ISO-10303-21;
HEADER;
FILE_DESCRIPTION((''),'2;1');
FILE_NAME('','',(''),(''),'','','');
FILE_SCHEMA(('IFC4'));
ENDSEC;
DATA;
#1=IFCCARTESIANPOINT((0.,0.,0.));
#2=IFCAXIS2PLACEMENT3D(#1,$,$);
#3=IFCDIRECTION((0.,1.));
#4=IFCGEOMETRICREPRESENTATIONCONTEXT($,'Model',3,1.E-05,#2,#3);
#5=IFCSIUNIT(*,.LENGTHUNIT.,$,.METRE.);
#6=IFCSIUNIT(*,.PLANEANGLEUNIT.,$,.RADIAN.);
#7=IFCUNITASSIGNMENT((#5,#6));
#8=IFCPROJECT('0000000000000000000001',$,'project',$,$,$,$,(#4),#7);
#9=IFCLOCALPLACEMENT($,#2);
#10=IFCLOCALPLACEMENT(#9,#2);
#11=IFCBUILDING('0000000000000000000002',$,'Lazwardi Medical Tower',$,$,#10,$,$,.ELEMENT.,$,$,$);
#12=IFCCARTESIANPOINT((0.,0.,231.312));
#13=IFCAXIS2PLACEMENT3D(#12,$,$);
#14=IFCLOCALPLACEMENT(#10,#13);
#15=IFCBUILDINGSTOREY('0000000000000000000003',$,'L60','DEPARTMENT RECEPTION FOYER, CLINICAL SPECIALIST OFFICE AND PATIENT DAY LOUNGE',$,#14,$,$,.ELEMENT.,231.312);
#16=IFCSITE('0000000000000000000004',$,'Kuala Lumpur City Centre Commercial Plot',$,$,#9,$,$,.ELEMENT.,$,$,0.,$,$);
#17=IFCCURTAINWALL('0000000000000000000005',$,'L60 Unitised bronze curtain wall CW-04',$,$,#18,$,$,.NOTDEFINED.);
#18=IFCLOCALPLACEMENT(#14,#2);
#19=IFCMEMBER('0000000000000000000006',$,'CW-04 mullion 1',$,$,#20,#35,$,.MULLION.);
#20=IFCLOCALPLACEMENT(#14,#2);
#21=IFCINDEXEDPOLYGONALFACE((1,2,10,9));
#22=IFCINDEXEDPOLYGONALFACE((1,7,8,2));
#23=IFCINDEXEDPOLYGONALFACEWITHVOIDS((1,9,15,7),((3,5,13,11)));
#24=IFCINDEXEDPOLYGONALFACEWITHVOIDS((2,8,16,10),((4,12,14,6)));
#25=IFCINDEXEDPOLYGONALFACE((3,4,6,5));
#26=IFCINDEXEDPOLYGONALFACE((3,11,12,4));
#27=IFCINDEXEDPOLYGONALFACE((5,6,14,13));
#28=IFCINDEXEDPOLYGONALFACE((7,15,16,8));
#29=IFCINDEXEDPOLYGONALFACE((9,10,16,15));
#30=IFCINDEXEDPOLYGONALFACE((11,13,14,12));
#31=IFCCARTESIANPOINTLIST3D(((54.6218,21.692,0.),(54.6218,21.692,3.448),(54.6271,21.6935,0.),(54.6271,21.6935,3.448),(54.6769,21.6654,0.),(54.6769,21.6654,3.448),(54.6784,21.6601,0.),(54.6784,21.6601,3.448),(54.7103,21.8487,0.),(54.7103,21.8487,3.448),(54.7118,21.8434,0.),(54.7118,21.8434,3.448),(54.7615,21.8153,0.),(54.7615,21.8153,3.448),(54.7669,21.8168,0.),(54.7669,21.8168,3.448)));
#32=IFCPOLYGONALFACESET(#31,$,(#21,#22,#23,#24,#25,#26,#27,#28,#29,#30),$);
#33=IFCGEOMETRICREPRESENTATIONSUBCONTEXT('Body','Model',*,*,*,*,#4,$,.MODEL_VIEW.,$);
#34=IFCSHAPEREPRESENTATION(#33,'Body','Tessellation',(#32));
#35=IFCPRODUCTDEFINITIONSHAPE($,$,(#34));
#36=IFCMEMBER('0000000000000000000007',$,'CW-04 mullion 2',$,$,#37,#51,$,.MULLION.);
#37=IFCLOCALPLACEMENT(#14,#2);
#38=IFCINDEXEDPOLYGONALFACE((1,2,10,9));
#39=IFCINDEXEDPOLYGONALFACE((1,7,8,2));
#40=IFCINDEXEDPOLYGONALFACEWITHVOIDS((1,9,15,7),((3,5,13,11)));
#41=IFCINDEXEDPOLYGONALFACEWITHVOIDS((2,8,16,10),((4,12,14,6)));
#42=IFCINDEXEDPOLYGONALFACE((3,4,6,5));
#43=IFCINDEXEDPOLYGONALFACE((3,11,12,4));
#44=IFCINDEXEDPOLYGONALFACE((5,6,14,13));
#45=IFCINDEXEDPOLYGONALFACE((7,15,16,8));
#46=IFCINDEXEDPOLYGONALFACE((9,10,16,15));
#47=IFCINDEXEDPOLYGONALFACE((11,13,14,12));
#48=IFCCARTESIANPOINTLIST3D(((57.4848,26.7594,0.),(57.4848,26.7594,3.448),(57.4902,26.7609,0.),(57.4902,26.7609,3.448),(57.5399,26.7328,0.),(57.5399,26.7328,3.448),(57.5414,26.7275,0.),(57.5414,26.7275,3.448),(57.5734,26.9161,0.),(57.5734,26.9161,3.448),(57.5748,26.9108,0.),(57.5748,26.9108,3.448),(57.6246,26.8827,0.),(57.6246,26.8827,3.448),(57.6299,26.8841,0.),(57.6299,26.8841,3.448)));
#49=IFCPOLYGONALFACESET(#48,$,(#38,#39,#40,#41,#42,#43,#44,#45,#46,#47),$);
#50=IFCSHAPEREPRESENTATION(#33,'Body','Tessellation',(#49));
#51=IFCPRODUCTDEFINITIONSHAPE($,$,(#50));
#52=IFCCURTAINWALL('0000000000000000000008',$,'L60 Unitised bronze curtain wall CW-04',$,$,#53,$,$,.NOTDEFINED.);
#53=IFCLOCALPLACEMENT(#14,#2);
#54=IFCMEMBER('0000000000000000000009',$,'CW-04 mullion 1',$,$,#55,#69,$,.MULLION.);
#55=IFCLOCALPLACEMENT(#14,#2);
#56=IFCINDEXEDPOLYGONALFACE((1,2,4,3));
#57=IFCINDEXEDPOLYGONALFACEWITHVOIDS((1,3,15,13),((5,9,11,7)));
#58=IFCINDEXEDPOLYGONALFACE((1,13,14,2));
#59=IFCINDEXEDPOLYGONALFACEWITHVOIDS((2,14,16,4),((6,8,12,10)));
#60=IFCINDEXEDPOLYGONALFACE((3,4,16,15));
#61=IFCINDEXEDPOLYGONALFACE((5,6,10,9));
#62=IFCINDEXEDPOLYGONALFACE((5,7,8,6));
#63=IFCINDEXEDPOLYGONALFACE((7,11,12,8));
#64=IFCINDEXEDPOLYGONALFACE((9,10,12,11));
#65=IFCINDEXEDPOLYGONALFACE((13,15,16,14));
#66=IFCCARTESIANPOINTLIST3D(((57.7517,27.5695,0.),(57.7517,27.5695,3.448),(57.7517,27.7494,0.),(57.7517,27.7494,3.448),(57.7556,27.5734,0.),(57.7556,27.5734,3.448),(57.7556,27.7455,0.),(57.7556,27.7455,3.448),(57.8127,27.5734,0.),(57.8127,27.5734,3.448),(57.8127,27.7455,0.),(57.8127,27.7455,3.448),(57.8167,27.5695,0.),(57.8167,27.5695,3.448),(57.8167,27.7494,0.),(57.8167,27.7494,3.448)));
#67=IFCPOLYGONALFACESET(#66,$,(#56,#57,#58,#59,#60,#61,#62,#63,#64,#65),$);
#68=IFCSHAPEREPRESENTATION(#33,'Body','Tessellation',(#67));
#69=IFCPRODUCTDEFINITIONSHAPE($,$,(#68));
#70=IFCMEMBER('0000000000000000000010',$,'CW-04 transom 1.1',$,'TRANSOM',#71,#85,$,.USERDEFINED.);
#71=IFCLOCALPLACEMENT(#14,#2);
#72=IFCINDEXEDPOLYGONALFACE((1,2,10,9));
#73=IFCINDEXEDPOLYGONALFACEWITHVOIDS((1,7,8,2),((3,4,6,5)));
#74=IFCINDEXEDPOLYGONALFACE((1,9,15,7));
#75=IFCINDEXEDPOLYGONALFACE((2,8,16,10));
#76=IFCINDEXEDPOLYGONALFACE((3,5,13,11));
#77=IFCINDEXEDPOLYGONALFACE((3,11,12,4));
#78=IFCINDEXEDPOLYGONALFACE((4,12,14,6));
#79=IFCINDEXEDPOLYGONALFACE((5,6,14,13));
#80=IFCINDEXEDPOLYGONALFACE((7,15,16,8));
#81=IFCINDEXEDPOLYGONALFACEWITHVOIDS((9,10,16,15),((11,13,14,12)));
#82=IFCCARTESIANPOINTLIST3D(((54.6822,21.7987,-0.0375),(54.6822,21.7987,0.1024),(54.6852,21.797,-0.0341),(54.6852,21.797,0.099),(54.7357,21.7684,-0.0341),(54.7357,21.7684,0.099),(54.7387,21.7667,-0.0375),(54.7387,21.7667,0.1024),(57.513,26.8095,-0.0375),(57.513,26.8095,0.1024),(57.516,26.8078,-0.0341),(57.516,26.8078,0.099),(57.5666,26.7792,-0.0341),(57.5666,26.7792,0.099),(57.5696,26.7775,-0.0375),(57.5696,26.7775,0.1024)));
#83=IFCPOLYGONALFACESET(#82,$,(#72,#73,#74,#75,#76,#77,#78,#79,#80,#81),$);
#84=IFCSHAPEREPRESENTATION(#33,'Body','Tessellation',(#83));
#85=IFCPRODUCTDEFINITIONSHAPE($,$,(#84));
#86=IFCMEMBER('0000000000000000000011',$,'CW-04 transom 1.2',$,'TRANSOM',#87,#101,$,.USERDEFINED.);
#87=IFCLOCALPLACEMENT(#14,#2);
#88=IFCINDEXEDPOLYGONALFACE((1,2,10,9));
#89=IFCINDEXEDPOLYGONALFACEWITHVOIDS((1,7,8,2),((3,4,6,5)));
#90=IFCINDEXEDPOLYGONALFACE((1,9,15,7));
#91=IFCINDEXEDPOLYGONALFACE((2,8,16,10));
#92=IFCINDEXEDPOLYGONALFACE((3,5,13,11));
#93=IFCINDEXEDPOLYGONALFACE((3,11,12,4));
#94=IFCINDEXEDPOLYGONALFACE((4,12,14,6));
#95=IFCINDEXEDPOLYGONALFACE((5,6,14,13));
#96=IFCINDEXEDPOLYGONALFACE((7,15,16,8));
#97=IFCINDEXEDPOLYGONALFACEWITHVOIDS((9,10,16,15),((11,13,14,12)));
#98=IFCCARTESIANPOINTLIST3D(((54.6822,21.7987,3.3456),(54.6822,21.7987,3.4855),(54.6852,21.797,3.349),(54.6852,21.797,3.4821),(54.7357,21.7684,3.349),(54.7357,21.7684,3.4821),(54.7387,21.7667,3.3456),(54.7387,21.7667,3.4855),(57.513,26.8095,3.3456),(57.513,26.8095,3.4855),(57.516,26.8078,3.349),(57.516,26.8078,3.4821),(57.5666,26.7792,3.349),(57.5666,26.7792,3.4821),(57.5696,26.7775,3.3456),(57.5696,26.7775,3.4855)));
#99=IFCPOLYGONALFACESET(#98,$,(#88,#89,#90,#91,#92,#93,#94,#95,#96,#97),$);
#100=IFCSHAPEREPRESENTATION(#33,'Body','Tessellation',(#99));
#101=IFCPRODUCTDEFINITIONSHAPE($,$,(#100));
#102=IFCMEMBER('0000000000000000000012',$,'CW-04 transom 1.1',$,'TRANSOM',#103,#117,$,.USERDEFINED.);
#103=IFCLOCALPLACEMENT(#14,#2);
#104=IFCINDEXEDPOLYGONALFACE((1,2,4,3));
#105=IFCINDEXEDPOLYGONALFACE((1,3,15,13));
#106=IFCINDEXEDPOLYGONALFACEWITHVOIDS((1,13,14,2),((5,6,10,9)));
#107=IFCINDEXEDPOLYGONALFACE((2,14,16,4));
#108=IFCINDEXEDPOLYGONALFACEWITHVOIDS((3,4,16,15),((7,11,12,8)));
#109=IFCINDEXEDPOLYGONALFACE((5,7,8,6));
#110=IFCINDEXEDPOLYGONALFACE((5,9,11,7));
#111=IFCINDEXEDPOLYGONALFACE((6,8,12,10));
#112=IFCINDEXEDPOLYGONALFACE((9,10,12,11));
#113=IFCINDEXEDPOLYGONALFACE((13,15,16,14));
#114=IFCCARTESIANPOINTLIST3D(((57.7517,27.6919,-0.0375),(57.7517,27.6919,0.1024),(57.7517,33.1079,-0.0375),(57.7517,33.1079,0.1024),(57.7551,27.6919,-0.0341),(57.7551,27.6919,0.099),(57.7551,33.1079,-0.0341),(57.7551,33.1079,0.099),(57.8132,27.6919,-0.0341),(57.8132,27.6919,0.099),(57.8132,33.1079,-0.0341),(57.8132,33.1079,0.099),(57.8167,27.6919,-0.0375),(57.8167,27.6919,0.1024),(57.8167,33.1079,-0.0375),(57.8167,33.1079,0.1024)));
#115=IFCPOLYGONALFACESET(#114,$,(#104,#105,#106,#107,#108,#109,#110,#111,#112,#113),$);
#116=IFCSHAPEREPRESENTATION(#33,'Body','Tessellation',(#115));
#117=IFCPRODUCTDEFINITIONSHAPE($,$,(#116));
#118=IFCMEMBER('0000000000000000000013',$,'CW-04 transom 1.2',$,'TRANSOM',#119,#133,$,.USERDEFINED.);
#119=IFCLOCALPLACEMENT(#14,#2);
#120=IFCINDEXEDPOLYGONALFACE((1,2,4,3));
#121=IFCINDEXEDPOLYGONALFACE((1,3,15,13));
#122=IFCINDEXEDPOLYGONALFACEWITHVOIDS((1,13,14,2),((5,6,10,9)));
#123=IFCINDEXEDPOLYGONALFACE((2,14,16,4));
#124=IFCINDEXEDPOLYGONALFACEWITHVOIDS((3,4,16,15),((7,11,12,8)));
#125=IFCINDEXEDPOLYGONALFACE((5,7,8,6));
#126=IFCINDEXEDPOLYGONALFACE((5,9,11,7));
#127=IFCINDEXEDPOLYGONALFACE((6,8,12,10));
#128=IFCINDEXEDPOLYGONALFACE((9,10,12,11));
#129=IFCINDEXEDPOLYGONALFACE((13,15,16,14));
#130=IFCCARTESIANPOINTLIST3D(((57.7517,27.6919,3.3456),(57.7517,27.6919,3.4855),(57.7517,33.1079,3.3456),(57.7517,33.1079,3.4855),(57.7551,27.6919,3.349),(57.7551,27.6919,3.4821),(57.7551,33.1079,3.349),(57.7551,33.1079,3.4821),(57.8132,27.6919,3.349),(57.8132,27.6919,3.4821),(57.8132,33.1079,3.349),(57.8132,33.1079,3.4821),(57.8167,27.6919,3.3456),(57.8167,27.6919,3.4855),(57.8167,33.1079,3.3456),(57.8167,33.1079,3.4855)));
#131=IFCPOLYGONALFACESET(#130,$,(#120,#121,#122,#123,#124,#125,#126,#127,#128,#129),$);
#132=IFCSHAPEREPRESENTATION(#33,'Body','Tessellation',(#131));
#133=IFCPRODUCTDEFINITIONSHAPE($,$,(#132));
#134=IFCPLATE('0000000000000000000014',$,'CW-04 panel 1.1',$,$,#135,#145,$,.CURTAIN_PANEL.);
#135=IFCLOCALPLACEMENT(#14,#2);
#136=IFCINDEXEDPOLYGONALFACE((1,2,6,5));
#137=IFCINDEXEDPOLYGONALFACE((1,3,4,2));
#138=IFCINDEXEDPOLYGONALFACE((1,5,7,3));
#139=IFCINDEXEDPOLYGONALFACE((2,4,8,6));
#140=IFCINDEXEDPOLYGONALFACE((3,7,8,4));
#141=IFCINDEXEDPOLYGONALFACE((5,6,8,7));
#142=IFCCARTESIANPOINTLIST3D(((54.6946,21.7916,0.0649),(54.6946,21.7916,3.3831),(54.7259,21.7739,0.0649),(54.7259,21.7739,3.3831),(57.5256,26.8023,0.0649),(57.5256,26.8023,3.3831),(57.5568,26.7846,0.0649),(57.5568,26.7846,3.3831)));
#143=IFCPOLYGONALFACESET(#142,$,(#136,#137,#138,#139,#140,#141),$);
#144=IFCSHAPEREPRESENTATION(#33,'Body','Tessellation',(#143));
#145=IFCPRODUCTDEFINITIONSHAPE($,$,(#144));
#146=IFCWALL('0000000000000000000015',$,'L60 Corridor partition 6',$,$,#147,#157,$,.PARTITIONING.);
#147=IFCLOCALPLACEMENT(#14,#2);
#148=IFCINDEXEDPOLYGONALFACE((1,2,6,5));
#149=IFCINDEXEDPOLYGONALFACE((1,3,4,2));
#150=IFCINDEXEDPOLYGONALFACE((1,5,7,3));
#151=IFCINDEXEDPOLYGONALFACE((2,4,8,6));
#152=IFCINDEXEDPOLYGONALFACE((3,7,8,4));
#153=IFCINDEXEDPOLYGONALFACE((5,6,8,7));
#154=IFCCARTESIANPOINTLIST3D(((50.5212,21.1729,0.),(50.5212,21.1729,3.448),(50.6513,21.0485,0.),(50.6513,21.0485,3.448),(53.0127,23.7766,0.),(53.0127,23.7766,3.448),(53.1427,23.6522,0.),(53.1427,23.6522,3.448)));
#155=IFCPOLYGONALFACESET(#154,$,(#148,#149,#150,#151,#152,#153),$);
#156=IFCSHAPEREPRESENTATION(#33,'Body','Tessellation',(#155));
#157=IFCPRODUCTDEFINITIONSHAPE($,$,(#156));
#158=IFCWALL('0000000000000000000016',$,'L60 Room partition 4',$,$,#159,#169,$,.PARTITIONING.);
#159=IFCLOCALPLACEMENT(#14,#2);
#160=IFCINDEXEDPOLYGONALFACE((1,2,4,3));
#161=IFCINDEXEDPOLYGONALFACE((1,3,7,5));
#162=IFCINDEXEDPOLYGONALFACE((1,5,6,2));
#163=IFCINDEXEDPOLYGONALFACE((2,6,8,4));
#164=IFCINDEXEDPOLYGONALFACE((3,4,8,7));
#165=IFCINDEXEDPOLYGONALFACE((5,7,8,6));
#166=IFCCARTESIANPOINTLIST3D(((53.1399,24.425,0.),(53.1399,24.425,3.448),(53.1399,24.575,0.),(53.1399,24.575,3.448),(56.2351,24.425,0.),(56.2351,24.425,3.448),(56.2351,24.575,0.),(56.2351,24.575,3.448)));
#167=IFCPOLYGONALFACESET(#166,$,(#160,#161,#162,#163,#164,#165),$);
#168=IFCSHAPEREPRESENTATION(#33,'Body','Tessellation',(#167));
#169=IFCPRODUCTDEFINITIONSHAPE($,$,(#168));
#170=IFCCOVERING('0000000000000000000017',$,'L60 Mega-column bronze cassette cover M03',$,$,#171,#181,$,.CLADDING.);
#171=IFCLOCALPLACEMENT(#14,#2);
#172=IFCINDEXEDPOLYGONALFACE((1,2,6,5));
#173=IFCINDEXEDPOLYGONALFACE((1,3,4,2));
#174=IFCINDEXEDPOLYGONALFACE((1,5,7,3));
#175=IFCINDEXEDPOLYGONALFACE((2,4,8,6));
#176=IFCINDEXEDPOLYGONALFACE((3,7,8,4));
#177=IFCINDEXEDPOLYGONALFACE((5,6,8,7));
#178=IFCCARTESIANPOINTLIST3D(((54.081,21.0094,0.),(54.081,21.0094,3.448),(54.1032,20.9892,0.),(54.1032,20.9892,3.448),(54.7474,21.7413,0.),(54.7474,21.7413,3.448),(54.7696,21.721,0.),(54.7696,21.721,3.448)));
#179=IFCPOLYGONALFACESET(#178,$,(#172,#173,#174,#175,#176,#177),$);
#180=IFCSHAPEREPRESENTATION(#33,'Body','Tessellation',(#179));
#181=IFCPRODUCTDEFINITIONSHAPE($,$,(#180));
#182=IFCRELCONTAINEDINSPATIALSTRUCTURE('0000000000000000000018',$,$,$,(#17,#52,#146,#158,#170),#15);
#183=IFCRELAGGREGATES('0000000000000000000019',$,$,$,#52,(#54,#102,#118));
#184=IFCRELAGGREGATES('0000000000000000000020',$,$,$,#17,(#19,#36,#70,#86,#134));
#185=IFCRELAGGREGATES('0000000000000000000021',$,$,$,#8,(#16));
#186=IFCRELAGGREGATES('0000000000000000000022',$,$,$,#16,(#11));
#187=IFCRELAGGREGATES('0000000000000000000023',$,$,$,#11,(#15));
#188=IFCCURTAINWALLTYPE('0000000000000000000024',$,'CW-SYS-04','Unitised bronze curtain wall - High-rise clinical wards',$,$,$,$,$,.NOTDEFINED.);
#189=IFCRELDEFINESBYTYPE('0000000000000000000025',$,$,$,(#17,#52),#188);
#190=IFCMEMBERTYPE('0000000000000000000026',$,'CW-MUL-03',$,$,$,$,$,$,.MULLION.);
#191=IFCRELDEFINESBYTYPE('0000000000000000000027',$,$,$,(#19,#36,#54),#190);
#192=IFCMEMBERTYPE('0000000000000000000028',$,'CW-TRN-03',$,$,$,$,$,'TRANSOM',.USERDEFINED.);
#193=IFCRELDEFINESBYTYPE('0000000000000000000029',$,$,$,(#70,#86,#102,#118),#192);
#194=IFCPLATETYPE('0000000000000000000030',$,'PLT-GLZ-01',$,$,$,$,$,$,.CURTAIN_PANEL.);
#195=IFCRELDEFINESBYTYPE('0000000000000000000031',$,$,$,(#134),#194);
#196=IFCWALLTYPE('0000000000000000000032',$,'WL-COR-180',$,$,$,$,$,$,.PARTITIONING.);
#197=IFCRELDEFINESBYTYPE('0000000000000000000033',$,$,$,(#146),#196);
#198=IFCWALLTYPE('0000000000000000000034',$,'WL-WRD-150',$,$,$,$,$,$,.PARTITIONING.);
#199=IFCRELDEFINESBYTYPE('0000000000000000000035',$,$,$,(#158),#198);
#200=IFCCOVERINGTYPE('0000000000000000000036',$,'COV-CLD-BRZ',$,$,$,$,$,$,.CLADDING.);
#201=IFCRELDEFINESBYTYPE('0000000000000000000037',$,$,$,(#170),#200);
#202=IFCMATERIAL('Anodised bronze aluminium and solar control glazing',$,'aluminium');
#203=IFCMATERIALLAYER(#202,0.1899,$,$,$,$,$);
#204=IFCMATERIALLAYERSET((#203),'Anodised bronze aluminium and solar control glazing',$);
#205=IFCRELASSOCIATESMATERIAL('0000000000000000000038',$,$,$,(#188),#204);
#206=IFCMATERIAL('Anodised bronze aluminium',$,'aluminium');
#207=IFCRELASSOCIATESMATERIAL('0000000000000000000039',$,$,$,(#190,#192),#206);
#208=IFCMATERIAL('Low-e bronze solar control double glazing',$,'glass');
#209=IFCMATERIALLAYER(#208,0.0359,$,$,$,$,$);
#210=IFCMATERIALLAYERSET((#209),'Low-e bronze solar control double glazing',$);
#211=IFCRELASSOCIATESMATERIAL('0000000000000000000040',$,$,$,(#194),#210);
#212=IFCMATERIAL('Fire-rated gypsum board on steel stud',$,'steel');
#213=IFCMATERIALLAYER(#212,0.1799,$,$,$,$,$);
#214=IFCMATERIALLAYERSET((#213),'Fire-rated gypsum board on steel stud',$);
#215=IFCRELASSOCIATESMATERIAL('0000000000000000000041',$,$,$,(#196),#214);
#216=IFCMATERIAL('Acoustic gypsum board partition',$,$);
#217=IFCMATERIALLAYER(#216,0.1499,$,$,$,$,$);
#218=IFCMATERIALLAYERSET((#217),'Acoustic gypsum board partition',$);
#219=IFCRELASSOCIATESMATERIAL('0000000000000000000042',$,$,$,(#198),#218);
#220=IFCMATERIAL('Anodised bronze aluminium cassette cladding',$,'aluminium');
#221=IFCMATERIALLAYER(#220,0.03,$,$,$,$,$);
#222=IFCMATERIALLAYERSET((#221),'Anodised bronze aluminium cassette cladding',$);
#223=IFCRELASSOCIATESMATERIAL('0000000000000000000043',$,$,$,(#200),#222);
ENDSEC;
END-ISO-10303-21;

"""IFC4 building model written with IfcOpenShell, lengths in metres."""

from ifc_helpers import new_model, si_unit, direction, frame, frame_2d, origin, origin_2d, place, context, subcontext, project, spatial, rectangle, hollow_rectangle, extrude, material, layer, layer_set, material_profile, profile_set, type_object, element, aggregate, save


model = new_model("IFC4")

# Units and contexts
model_context = context("Model", 3, precision=1e-05, world=origin(), true_north=direction((0.0, 1.0)))
body_context = subcontext(model_context, "Body", "Model", "MODEL_VIEW")
ifc_project = project(units=[si_unit("LENGTHUNIT", "METRE"), si_unit("PLANEANGLEUNIT", "RADIAN")], contexts=[model_context])

# Site, building, storey
site_placement = place(None, origin())
site = spatial("IfcSite", under=ifc_project, at=site_placement, Name="Kuala Lumpur City Centre Commercial Plot", CompositionType="ELEMENT", RefElevation=0.0)
building_placement = place(site_placement, origin())
building = spatial("IfcBuilding", under=site, at=building_placement, Name="Lazwardi Medical Tower", CompositionType="ELEMENT")
storey_placement = place(building_placement, frame((0.0, 0.0, 231.312)))
storey = spatial("IfcBuildingStorey", under=building, at=storey_placement, Name="L60", Description="DEPARTMENT RECEPTION FOYER, CLINICAL SPECIALIST OFFICE AND PATIENT DAY LOUNGE", CompositionType="ELEMENT", Elevation=231.312)

# Shared definitions
ifc_material_1 = material(Name="Anodised bronze aluminium and solar control glazing", Category="aluminium")
ifc_layer_1 = layer(ifc_material_1, 0.1899)
ifc_layer_set_1 = layer_set([ifc_layer_1], Name="Anodised bronze aluminium and solar control glazing")
curtain_wall_type = type_object("IfcCurtainWallType", Name="CW-SYS-04", Description="Unitised bronze curtain wall - High-rise clinical wards", PredefinedType="NOTDEFINED", material=ifc_layer_set_1)
ifc_material_2 = material(Name="Anodised bronze aluminium", Category="aluminium")
ifc_material_profile_1 = material_profile(ifc_material_2, hollow_rectangle(XDim=0.0649, YDim=0.1799, WallThickness=0.0039, at=origin_2d()), Name="ALU-MULLION 180x65x4")
ifc_profile_set_1 = profile_set([ifc_material_profile_1], Name="Anodised bronze aluminium")
member_type_1 = type_object("IfcMemberType", Name="CW-MUL-03", PredefinedType="MULLION", material=ifc_profile_set_1)

# Curtain wall, members
curtain_wall_1_placement = place(storey_placement, origin())
curtain_wall_1 = element("IfcCurtainWall", 1, at=curtain_wall_1_placement, inside=storey, type_object=curtain_wall_type, Name="L60 Unitised bronze curtain wall CW-04", PredefinedType="NOTDEFINED")
member_1_placement = place(storey_placement, frame((54.6943, 21.7544, 0.0), z_axis=(0.0, 0.0, 1.0), x_axis=(-0.870651, 0.4919, 0.0)))
member_1 = element("IfcMember", 2, at=member_1_placement, type_object=member_type_1, Name="CW-04 mullion 1", PredefinedType="MULLION", context=body_context, shape_type="SweptSolid", body=[
    extrude(hollow_rectangle(XDim=0.0649, YDim=0.1799, WallThickness=0.0039, at=origin_2d()), origin(), (0.0, 0.0, 1.0), 3.448),
])
member_2_placement = place(storey_placement, frame((57.5574, 26.8218, 0.0), z_axis=(0.0, 0.0, 1.0), x_axis=(-0.870651, 0.4919, 0.0)))
member_2 = element("IfcMember", 3, at=member_2_placement, type_object=member_type_1, Name="CW-04 mullion 2", PredefinedType="MULLION", context=body_context, shape_type="SweptSolid", body=[
    extrude(hollow_rectangle(XDim=0.0649, YDim=0.1799, WallThickness=0.0039, at=origin_2d()), origin(), (0.0, 0.0, 1.0), 3.448),
])

# Curtain wall, member
curtain_wall_2_placement = place(storey_placement, origin())
curtain_wall_2 = element("IfcCurtainWall", 4, at=curtain_wall_2_placement, inside=storey, type_object=curtain_wall_type, Name="L60 Unitised bronze curtain wall CW-04", PredefinedType="NOTDEFINED")
member_3_placement = place(storey_placement, frame((57.7842, 27.6594, 0.0), z_axis=(0.0, 0.0, 1.0), x_axis=(-1.0, 0.0, 0.0)))
member_3 = element("IfcMember", 5, at=member_3_placement, type_object=member_type_1, Name="CW-04 mullion 1", PredefinedType="MULLION", context=body_context, shape_type="SweptSolid", body=[
    extrude(hollow_rectangle(XDim=0.0649, YDim=0.1799, WallThickness=0.0039, at=origin_2d()), origin(), (0.0, 0.0, 1.0), 3.448),
])

# Members
ifc_material_profile_2 = material_profile(ifc_material_2, hollow_rectangle(XDim=0.0649, YDim=0.1399, WallThickness=0.0034, at=origin_2d()), Name="ALU-TRANSOM 140x65x3.5")
ifc_profile_set_2 = profile_set([ifc_material_profile_2], Name="Anodised bronze aluminium")
member_type_2 = type_object("IfcMemberType", Name="CW-TRN-03", ElementType="TRANSOM", PredefinedType="USERDEFINED", material=ifc_profile_set_2)
member_4_placement = place(storey_placement, frame((54.7104, 21.7827, 0.0325), z_axis=(0.49188, 0.870663, 0.0), x_axis=(-0.870663, 0.49188, 0.0)))
member_4 = element("IfcMember", 6, at=member_4_placement, type_object=member_type_2, Name="CW-04 transom 1.1", ObjectType="TRANSOM", PredefinedType="USERDEFINED", context=body_context, shape_type="SweptSolid", body=[
    extrude(hollow_rectangle(XDim=0.0649, YDim=0.1399, WallThickness=0.0034, at=origin_2d()), origin(), (0.0, 0.0, 1.0), 5.7551),
])
member_5_placement = place(storey_placement, frame((54.7104, 21.7827, 3.4155), z_axis=(0.49188, 0.870663, 0.0), x_axis=(-0.870663, 0.49188, 0.0)))
member_5 = element("IfcMember", 7, at=member_5_placement, type_object=member_type_2, Name="CW-04 transom 1.2", ObjectType="TRANSOM", PredefinedType="USERDEFINED", context=body_context, shape_type="SweptSolid", body=[
    extrude(hollow_rectangle(XDim=0.0649, YDim=0.1399, WallThickness=0.0034, at=origin_2d()), origin(), (0.0, 0.0, 1.0), 5.7551),
])
member_6_placement = place(storey_placement, frame((57.7842, 27.6919, 0.0325), z_axis=(0.0, 1.0, 0.0), x_axis=(-1.0, 0.0, 0.0)))
member_6 = element("IfcMember", 8, at=member_6_placement, type_object=member_type_2, Name="CW-04 transom 1.1", ObjectType="TRANSOM", PredefinedType="USERDEFINED", context=body_context, shape_type="SweptSolid", body=[
    extrude(hollow_rectangle(XDim=0.0649, YDim=0.1399, WallThickness=0.0034, at=origin_2d()), origin(), (0.0, 0.0, 1.0), 5.416),
])
member_7_placement = place(storey_placement, frame((57.7842, 27.6919, 3.4155), z_axis=(0.0, 1.0, 0.0), x_axis=(-1.0, 0.0, 0.0)))
member_7 = element("IfcMember", 9, at=member_7_placement, type_object=member_type_2, Name="CW-04 transom 1.2", ObjectType="TRANSOM", PredefinedType="USERDEFINED", context=body_context, shape_type="SweptSolid", body=[
    extrude(hollow_rectangle(XDim=0.0649, YDim=0.1399, WallThickness=0.0034, at=origin_2d()), origin(), (0.0, 0.0, 1.0), 5.416),
])
aggregate(curtain_wall_2, [member_3, member_6, member_7])

# Plate
ifc_material_3 = material(Name="Low-e bronze solar control double glazing", Category="glass")
ifc_layer_2 = layer(ifc_material_3, 0.0359)
ifc_layer_set_2 = layer_set([ifc_layer_2], Name="Low-e bronze solar control double glazing")
plate_type = type_object("IfcPlateType", Name="PLT-GLZ-01", PredefinedType="CURTAIN_PANEL", material=ifc_layer_set_2)
plate_placement = place(storey_placement, frame((56.1257, 24.2881, 0.0649), z_axis=(0.0, 0.0, 1.0), x_axis=(0.4919, 0.870651, 0.0)))
plate = element("IfcPlate", 10, at=plate_placement, type_object=plate_type, Name="CW-04 panel 1.1", PredefinedType="CURTAIN_PANEL", context=body_context, shape_type="SweptSolid", body=[
    extrude(rectangle(XDim=5.7551, YDim=0.0359, at=origin_2d()), origin(), (0.0, 0.0, 1.0), 3.3181),
])
aggregate(curtain_wall_1, [member_1, member_2, member_4, member_5, plate])

# Walls
ifc_material_4 = material(Name="Fire-rated gypsum board on steel stud", Category="steel")
ifc_layer_3 = layer(ifc_material_4, 0.1799)
ifc_layer_set_3 = layer_set([ifc_layer_3], Name="Fire-rated gypsum board on steel stud")
wall_type_1 = type_object("IfcWallType", Name="WL-COR-180", PredefinedType="PARTITIONING", material=ifc_layer_set_3)
wall_1_placement = place(storey_placement, frame((53.0776, 23.7144, 0.0), z_axis=(0.0, 0.0, 1.0), x_axis=(-0.691353, -0.722517, 0.0)))
element("IfcWall", 11, at=wall_1_placement, inside=storey, type_object=wall_type_1, Name="L60 Corridor partition 6", PredefinedType="PARTITIONING", context=body_context, shape_type="SweptSolid", body=[
    extrude(rectangle(XDim=3.6038, YDim=0.1799, at=frame_2d((1.8018, 0.0))), origin(), (0.0, 0.0, 1.0), 3.448),
])
ifc_material_5 = material(Name="Acoustic gypsum board partition")
ifc_layer_4 = layer(ifc_material_5, 0.1499)
ifc_layer_set_4 = layer_set([ifc_layer_4], Name="Acoustic gypsum board partition")
wall_type_2 = type_object("IfcWallType", Name="WL-WRD-150", PredefinedType="PARTITIONING", material=ifc_layer_set_4)
wall_2_placement = place(storey_placement, frame((53.1399, 24.5, 0.0), z_axis=(0.0, 0.0, 1.0), x_axis=(1.0, 0.0, 0.0)))
element("IfcWall", 12, at=wall_2_placement, inside=storey, type_object=wall_type_2, Name="L60 Room partition 4", PredefinedType="PARTITIONING", context=body_context, shape_type="SweptSolid", body=[
    extrude(rectangle(XDim=3.0952, YDim=0.1499, at=frame_2d((1.5476, 0.0))), origin(), (0.0, 0.0, 1.0), 3.448),
])

# Covering
ifc_material_6 = material(Name="Anodised bronze aluminium cassette cladding", Category="aluminium")
ifc_layer_5 = layer(ifc_material_6, 0.03)
ifc_layer_set_5 = layer_set([ifc_layer_5], Name="Anodised bronze aluminium cassette cladding")
covering_type = type_object("IfcCoveringType", Name="COV-CLD-BRZ", PredefinedType="CLADDING", material=ifc_layer_set_5)
covering_1_placement = place(storey_placement, frame((54.4253, 21.3652, 0.0), z_axis=(0.0, 0.0, 1.0), x_axis=(0.673241, 0.739423, 0.0)))
element("IfcCovering", 13, at=covering_1_placement, inside=storey, type_object=covering_type, Name="L60 Mega-column bronze cassette cover M03", PredefinedType="CLADDING", context=body_context, shape_type="SweptSolid", body=[
    extrude(rectangle(XDim=0.9897, YDim=0.03, at=origin_2d()), origin(), (0.0, 0.0, 1.0), 3.448),
])

save(model, "model.ifc")
